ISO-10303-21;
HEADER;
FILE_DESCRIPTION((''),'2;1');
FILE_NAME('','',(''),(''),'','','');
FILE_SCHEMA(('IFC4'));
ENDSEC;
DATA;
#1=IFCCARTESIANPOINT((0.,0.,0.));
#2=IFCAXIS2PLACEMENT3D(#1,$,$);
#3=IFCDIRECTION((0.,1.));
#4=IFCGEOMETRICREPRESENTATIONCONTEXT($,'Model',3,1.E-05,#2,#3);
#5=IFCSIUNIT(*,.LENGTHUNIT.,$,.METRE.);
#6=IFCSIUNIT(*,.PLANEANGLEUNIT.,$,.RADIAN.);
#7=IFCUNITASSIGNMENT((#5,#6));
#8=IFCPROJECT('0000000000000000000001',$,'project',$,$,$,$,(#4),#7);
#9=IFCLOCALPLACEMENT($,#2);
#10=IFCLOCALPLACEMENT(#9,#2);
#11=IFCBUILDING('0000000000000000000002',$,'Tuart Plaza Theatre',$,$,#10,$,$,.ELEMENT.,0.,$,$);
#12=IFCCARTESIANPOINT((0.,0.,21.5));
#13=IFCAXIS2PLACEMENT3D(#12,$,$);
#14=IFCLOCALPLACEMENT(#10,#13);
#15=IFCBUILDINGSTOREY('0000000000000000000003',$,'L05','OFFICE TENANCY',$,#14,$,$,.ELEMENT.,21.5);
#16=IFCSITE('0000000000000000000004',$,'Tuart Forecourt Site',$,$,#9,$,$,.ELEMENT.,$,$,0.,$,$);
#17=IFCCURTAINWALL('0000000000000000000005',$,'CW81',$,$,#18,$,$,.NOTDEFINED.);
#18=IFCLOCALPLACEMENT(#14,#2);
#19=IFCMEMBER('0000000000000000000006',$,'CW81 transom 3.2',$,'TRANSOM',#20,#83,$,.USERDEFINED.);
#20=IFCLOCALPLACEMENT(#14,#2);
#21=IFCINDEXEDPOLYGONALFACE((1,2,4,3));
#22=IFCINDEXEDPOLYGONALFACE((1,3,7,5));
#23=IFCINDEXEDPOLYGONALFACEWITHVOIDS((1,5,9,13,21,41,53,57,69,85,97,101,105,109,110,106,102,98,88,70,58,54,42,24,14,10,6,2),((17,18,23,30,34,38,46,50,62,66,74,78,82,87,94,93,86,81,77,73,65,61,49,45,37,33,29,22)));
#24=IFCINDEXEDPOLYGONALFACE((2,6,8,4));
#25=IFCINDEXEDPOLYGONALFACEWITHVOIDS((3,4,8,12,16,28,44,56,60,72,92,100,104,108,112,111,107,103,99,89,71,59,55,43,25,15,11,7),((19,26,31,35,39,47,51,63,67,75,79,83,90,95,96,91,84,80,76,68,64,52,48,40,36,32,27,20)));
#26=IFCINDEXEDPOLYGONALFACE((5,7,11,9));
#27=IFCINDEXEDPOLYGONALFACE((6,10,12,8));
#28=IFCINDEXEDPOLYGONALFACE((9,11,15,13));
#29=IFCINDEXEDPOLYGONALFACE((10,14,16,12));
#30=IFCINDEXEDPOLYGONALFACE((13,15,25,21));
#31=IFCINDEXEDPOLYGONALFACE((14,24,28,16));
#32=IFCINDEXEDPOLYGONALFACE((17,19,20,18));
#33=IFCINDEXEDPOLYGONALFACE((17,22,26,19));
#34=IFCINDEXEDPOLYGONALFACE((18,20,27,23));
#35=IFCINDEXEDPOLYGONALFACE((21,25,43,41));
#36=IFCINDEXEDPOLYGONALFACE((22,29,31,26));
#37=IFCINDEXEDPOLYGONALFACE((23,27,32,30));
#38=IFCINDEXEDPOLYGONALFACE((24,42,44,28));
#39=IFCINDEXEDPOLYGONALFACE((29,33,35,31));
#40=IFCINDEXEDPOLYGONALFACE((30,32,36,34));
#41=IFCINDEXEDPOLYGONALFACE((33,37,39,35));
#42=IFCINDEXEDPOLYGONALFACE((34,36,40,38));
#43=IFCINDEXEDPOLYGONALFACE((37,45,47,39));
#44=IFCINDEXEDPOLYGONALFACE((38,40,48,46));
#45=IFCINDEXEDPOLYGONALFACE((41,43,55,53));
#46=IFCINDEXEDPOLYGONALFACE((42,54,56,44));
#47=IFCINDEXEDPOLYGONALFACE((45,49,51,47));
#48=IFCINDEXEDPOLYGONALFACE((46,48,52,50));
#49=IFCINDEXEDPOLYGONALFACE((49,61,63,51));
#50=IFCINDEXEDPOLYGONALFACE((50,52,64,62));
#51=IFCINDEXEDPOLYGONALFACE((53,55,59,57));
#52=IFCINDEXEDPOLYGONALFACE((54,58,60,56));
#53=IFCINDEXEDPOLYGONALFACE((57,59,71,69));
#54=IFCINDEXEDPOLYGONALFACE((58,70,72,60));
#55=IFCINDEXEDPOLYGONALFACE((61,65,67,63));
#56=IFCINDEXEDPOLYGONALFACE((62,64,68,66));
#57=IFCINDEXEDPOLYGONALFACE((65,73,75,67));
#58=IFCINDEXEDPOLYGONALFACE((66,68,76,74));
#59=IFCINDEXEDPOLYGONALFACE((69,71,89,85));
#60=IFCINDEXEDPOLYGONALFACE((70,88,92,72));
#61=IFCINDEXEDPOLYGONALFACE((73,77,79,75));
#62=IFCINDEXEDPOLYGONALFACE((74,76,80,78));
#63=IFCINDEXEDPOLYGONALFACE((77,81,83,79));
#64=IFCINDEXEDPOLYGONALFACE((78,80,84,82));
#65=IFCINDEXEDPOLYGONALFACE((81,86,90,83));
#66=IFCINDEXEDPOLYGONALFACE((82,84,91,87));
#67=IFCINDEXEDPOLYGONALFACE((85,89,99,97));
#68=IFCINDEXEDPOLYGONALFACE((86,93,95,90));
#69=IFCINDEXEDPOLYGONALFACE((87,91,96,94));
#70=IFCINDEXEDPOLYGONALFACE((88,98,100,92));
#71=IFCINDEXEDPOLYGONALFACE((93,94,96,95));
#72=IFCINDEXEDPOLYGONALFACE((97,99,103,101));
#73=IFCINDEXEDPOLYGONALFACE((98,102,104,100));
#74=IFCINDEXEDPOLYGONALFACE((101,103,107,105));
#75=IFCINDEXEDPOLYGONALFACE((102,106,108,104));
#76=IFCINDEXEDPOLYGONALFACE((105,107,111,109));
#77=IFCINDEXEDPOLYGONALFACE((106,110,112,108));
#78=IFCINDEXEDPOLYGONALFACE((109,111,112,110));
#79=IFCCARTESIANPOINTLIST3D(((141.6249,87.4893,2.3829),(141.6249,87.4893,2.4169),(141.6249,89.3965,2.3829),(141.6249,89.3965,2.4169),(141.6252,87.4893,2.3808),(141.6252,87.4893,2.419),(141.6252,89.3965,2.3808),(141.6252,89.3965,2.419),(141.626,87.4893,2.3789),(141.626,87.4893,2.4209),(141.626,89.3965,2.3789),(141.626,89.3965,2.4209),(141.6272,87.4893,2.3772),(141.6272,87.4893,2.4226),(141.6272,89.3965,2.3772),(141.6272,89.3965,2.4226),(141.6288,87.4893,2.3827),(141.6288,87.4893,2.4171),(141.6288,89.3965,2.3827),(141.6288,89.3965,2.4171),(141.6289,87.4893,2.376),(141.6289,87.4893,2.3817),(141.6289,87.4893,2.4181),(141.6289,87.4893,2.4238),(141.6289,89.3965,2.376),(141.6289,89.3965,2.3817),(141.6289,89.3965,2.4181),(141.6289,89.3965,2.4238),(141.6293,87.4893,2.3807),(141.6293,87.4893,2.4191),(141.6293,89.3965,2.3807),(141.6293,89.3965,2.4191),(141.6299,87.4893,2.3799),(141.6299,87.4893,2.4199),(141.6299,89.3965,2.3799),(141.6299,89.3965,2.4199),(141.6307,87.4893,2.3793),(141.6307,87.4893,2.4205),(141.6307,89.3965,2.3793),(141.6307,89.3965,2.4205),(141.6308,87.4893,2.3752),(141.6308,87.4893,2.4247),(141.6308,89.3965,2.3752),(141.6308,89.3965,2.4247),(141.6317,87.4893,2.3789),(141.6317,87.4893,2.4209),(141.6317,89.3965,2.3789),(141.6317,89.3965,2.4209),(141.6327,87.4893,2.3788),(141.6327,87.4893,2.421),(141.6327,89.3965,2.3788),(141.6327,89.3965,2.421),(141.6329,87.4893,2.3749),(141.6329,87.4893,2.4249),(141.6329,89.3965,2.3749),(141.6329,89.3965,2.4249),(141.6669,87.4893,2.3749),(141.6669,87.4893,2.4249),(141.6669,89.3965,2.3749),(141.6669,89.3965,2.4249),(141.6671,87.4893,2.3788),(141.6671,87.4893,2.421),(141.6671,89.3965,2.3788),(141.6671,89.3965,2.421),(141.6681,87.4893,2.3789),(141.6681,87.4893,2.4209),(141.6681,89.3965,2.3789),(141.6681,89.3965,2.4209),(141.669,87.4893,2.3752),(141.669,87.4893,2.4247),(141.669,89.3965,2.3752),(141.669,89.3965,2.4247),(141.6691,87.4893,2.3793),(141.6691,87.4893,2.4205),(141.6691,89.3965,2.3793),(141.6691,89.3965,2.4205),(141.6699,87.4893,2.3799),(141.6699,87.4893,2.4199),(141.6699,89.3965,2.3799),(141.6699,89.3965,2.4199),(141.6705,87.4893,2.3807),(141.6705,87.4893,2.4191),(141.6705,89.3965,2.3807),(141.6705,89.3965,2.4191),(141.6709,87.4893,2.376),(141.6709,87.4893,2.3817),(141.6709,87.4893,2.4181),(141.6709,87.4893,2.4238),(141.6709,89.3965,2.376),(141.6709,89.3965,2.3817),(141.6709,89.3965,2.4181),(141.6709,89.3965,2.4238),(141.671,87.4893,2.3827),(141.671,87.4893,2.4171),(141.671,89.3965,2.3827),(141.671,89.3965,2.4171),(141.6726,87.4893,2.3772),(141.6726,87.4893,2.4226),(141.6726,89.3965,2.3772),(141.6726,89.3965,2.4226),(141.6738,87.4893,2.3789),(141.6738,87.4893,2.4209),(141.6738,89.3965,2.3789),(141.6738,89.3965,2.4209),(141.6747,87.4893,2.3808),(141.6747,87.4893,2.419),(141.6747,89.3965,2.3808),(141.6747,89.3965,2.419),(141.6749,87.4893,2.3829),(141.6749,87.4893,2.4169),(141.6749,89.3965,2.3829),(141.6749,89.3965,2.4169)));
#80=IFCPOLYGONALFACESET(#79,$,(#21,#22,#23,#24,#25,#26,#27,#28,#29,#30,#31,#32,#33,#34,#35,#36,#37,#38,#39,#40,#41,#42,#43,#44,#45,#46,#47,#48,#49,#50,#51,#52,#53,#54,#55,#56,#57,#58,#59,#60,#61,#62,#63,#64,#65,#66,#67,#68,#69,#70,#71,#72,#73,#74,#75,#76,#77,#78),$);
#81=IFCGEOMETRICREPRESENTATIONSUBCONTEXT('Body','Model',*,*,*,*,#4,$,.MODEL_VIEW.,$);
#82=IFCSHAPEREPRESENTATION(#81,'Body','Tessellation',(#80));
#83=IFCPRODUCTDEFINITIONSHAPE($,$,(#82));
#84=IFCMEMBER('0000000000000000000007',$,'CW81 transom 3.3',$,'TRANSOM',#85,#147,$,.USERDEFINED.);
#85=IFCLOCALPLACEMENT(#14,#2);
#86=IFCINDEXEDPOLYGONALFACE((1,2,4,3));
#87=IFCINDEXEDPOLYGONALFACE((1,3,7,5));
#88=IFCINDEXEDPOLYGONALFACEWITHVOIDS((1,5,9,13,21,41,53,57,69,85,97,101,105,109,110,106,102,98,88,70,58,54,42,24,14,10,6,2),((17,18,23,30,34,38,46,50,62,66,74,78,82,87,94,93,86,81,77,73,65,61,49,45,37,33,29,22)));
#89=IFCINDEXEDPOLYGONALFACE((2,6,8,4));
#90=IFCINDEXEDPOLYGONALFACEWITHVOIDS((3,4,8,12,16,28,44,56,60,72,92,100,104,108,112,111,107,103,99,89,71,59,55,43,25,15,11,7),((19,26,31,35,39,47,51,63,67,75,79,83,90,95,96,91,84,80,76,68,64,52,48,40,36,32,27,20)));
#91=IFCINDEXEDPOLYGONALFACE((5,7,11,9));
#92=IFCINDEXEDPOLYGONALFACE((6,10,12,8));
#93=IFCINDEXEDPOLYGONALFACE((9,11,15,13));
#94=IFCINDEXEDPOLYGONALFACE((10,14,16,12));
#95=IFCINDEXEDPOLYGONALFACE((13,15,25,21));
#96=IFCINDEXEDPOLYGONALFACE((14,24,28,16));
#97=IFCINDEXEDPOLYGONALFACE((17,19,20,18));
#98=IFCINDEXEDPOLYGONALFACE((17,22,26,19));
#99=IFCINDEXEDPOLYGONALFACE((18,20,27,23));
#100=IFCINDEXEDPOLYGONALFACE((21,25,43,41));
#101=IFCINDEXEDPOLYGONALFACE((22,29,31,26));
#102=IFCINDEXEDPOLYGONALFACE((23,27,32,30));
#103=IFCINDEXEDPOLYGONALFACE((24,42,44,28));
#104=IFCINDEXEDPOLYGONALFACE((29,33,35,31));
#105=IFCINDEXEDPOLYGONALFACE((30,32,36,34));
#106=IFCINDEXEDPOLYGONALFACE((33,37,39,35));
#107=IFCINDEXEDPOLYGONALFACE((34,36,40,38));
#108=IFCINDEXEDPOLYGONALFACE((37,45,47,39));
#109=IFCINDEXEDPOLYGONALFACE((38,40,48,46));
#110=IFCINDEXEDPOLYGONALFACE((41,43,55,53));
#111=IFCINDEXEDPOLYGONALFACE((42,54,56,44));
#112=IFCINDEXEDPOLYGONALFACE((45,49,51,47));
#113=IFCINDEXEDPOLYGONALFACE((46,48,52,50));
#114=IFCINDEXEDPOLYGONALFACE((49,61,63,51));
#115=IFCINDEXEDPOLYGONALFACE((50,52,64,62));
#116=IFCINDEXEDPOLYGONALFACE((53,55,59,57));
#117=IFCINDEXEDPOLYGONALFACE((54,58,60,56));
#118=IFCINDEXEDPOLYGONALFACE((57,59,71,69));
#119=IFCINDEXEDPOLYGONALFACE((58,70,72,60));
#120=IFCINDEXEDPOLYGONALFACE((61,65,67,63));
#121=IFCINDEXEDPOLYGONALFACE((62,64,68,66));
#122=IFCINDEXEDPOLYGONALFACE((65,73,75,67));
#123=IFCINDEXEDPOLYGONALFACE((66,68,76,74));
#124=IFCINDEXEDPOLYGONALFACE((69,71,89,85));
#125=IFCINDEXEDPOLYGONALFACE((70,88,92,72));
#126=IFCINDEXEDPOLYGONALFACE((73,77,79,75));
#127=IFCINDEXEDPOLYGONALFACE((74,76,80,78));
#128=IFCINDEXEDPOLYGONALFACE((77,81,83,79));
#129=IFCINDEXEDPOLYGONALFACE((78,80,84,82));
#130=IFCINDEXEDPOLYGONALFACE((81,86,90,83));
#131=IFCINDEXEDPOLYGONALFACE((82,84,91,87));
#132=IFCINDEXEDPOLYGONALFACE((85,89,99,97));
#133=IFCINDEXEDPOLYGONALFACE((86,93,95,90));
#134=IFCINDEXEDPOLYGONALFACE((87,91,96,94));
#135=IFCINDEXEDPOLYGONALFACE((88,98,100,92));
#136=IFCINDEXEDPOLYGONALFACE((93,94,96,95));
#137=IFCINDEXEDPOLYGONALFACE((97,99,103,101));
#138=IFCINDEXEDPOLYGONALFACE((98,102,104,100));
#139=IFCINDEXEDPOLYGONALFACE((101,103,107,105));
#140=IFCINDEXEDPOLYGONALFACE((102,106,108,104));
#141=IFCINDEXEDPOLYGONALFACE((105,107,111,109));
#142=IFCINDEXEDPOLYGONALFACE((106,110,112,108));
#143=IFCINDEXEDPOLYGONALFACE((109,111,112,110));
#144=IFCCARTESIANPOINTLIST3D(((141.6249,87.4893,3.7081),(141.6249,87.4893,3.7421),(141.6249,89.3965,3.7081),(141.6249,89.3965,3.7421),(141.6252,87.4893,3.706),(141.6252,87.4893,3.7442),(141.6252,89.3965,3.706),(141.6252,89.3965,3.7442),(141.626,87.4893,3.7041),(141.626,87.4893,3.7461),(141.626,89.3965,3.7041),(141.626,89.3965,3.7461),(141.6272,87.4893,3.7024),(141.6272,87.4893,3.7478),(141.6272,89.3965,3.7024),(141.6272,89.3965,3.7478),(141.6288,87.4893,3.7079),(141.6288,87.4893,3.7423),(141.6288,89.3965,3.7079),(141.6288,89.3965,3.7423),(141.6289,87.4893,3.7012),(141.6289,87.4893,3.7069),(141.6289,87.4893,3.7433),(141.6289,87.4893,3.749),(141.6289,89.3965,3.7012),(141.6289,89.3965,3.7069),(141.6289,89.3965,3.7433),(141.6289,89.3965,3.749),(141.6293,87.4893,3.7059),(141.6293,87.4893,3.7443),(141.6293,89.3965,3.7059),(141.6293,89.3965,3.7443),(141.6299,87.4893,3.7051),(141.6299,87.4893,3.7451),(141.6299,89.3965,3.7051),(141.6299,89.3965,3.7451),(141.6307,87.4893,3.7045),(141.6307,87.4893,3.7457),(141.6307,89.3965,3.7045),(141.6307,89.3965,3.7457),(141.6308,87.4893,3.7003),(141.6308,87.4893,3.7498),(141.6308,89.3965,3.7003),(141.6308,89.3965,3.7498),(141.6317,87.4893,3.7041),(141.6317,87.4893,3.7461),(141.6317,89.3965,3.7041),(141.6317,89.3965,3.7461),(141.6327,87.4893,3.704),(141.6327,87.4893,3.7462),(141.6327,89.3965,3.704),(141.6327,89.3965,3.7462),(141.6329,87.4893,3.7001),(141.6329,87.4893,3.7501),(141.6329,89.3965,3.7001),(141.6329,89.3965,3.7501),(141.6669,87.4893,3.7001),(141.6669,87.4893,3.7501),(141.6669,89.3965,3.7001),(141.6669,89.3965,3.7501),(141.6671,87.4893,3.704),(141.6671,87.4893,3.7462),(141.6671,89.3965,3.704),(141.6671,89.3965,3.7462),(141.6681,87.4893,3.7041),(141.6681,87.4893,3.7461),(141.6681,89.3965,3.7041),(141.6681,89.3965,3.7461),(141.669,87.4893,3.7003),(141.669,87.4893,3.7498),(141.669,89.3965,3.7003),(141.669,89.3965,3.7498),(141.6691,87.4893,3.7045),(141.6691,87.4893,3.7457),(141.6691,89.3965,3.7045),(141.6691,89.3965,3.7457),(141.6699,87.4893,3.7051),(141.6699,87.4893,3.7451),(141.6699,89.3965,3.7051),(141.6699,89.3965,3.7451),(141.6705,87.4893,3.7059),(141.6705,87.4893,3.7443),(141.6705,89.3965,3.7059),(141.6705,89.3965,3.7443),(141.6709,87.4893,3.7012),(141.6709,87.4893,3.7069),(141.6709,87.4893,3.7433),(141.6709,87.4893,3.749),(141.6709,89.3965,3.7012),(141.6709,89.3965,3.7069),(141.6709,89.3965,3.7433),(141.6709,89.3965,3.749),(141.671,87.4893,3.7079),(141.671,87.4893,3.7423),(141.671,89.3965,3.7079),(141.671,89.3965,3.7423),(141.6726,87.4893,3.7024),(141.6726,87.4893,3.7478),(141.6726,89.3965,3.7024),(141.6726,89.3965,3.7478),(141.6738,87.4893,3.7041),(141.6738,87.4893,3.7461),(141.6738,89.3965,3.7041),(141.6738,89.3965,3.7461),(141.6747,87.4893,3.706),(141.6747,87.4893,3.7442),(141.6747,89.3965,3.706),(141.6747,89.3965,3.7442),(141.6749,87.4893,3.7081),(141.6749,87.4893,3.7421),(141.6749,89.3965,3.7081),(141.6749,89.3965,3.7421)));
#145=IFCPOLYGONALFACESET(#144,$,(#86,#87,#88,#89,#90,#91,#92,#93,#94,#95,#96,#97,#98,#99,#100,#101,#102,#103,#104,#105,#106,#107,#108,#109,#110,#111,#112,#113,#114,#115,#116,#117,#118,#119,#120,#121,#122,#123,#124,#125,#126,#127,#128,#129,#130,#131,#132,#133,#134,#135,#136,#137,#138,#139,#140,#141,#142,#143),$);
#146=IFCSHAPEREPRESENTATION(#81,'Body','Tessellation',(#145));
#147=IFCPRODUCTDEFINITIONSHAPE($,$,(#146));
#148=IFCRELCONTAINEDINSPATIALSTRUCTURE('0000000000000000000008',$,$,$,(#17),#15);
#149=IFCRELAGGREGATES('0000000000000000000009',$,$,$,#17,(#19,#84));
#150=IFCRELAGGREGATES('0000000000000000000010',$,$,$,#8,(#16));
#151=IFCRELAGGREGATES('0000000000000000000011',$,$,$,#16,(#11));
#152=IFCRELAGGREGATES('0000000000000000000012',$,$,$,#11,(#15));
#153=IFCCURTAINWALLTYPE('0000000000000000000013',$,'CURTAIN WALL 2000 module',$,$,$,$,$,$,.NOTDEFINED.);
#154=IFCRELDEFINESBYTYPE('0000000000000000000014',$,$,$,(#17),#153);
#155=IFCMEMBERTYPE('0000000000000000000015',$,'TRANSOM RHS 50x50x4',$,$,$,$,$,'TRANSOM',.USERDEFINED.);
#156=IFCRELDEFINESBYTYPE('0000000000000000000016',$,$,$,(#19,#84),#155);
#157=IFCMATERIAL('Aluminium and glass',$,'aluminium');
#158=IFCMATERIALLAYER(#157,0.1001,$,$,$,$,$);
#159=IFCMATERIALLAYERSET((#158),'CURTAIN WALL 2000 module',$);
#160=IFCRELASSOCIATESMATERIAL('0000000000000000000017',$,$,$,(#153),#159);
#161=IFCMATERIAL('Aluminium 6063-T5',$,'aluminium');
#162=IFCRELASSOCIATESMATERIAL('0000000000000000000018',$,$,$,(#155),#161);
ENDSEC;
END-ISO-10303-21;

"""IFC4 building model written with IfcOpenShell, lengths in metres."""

from ifc_helpers import new_model, si_unit, direction, frame, origin, origin_2d, place, context, subcontext, project, spatial, hollow_rectangle, extrude, material, layer, layer_set, material_profile, profile_set, type_object, element, aggregate, save


model = new_model("IFC4")

# Units and contexts
model_context = context("Model", 3, precision=1e-05, world=origin(), true_north=direction((0.0, 1.0)))
body_context = subcontext(model_context, "Body", "Model", "MODEL_VIEW")
ifc_project = project(units=[si_unit("LENGTHUNIT", "METRE"), si_unit("PLANEANGLEUNIT", "RADIAN")], contexts=[model_context])

# Site, building, storey
site_placement = place(None, origin())
site = spatial("IfcSite", under=ifc_project, at=site_placement, Name="Tuart Forecourt Site", CompositionType="ELEMENT", RefElevation=0.0)
building_placement = place(site_placement, origin())
building = spatial("IfcBuilding", under=site, at=building_placement, Name="Tuart Plaza Theatre", CompositionType="ELEMENT", ElevationOfRefHeight=0.0)
storey_placement = place(building_placement, frame((0.0, 0.0, 21.5)))
storey = spatial("IfcBuildingStorey", under=building, at=storey_placement, Name="L05", Description="OFFICE TENANCY", CompositionType="ELEMENT", Elevation=21.5)

# Shared definitions
ifc_material_1 = material(Name="Aluminium and glass", Category="aluminium")
ifc_layer_1 = layer(ifc_material_1, 0.1001)
ifc_layer_set_1 = layer_set([ifc_layer_1], Name="CURTAIN WALL 2000 module")
curtain_wall_type = type_object("IfcCurtainWallType", Name="CURTAIN WALL 2000 module", PredefinedType="NOTDEFINED", material=ifc_layer_set_1)

# Curtain wall
curtain_wall_1_placement = place(storey_placement, origin())
curtain_wall_1 = element("IfcCurtainWall", 1, at=curtain_wall_1_placement, inside=storey, type_object=curtain_wall_type, Name="CW81", PredefinedType="NOTDEFINED")

# Members
ifc_material_2 = material(Name="Aluminium 6063-T5", Category="aluminium")
ifc_material_profile_1 = material_profile(ifc_material_2, hollow_rectangle(XDim=0.05, YDim=0.05, WallThickness=0.0039, InnerFilletRadius=0.0039, OuterFilletRadius=0.0081, at=origin_2d()), Name="RHS 50x50x4")
ifc_profile_set_1 = profile_set([ifc_material_profile_1], Name="Aluminium 6063-T5")
member_type_1 = type_object("IfcMemberType", Name="TRANSOM RHS 50x50x4", ElementType="TRANSOM", PredefinedType="USERDEFINED", material=ifc_profile_set_1)
member_1_placement = place(storey_placement, frame((141.6499, 87.4893, 2.3999), z_axis=(0.0, 1.0, 0.0), x_axis=(-1.0, 0.0, 0.0)))
member_1 = element("IfcMember", 2, at=member_1_placement, type_object=member_type_1, Name="CW81 transom 3.2", ObjectType="TRANSOM", PredefinedType="USERDEFINED", context=body_context, shape_type="SweptSolid", body=[
    extrude(hollow_rectangle(XDim=0.05, YDim=0.05, WallThickness=0.0039, InnerFilletRadius=0.0039, OuterFilletRadius=0.0081, at=origin_2d()), origin(), (0.0, 0.0, 1.0), 1.9072),
])
member_2_placement = place(storey_placement, frame((141.6499, 87.4893, 3.7251), z_axis=(0.0, 1.0, 0.0), x_axis=(-1.0, 0.0, 0.0)))
member_2 = element("IfcMember", 3, at=member_2_placement, type_object=member_type_1, Name="CW81 transom 3.3", ObjectType="TRANSOM", PredefinedType="USERDEFINED", context=body_context, shape_type="SweptSolid", body=[
    extrude(hollow_rectangle(XDim=0.05, YDim=0.05, WallThickness=0.0039, InnerFilletRadius=0.0039, OuterFilletRadius=0.0081, at=origin_2d()), origin(), (0.0, 0.0, 1.0), 1.9072),
])

aggregate(curtain_wall_1, [member_1, member_2])

save(model, "model.ifc")
